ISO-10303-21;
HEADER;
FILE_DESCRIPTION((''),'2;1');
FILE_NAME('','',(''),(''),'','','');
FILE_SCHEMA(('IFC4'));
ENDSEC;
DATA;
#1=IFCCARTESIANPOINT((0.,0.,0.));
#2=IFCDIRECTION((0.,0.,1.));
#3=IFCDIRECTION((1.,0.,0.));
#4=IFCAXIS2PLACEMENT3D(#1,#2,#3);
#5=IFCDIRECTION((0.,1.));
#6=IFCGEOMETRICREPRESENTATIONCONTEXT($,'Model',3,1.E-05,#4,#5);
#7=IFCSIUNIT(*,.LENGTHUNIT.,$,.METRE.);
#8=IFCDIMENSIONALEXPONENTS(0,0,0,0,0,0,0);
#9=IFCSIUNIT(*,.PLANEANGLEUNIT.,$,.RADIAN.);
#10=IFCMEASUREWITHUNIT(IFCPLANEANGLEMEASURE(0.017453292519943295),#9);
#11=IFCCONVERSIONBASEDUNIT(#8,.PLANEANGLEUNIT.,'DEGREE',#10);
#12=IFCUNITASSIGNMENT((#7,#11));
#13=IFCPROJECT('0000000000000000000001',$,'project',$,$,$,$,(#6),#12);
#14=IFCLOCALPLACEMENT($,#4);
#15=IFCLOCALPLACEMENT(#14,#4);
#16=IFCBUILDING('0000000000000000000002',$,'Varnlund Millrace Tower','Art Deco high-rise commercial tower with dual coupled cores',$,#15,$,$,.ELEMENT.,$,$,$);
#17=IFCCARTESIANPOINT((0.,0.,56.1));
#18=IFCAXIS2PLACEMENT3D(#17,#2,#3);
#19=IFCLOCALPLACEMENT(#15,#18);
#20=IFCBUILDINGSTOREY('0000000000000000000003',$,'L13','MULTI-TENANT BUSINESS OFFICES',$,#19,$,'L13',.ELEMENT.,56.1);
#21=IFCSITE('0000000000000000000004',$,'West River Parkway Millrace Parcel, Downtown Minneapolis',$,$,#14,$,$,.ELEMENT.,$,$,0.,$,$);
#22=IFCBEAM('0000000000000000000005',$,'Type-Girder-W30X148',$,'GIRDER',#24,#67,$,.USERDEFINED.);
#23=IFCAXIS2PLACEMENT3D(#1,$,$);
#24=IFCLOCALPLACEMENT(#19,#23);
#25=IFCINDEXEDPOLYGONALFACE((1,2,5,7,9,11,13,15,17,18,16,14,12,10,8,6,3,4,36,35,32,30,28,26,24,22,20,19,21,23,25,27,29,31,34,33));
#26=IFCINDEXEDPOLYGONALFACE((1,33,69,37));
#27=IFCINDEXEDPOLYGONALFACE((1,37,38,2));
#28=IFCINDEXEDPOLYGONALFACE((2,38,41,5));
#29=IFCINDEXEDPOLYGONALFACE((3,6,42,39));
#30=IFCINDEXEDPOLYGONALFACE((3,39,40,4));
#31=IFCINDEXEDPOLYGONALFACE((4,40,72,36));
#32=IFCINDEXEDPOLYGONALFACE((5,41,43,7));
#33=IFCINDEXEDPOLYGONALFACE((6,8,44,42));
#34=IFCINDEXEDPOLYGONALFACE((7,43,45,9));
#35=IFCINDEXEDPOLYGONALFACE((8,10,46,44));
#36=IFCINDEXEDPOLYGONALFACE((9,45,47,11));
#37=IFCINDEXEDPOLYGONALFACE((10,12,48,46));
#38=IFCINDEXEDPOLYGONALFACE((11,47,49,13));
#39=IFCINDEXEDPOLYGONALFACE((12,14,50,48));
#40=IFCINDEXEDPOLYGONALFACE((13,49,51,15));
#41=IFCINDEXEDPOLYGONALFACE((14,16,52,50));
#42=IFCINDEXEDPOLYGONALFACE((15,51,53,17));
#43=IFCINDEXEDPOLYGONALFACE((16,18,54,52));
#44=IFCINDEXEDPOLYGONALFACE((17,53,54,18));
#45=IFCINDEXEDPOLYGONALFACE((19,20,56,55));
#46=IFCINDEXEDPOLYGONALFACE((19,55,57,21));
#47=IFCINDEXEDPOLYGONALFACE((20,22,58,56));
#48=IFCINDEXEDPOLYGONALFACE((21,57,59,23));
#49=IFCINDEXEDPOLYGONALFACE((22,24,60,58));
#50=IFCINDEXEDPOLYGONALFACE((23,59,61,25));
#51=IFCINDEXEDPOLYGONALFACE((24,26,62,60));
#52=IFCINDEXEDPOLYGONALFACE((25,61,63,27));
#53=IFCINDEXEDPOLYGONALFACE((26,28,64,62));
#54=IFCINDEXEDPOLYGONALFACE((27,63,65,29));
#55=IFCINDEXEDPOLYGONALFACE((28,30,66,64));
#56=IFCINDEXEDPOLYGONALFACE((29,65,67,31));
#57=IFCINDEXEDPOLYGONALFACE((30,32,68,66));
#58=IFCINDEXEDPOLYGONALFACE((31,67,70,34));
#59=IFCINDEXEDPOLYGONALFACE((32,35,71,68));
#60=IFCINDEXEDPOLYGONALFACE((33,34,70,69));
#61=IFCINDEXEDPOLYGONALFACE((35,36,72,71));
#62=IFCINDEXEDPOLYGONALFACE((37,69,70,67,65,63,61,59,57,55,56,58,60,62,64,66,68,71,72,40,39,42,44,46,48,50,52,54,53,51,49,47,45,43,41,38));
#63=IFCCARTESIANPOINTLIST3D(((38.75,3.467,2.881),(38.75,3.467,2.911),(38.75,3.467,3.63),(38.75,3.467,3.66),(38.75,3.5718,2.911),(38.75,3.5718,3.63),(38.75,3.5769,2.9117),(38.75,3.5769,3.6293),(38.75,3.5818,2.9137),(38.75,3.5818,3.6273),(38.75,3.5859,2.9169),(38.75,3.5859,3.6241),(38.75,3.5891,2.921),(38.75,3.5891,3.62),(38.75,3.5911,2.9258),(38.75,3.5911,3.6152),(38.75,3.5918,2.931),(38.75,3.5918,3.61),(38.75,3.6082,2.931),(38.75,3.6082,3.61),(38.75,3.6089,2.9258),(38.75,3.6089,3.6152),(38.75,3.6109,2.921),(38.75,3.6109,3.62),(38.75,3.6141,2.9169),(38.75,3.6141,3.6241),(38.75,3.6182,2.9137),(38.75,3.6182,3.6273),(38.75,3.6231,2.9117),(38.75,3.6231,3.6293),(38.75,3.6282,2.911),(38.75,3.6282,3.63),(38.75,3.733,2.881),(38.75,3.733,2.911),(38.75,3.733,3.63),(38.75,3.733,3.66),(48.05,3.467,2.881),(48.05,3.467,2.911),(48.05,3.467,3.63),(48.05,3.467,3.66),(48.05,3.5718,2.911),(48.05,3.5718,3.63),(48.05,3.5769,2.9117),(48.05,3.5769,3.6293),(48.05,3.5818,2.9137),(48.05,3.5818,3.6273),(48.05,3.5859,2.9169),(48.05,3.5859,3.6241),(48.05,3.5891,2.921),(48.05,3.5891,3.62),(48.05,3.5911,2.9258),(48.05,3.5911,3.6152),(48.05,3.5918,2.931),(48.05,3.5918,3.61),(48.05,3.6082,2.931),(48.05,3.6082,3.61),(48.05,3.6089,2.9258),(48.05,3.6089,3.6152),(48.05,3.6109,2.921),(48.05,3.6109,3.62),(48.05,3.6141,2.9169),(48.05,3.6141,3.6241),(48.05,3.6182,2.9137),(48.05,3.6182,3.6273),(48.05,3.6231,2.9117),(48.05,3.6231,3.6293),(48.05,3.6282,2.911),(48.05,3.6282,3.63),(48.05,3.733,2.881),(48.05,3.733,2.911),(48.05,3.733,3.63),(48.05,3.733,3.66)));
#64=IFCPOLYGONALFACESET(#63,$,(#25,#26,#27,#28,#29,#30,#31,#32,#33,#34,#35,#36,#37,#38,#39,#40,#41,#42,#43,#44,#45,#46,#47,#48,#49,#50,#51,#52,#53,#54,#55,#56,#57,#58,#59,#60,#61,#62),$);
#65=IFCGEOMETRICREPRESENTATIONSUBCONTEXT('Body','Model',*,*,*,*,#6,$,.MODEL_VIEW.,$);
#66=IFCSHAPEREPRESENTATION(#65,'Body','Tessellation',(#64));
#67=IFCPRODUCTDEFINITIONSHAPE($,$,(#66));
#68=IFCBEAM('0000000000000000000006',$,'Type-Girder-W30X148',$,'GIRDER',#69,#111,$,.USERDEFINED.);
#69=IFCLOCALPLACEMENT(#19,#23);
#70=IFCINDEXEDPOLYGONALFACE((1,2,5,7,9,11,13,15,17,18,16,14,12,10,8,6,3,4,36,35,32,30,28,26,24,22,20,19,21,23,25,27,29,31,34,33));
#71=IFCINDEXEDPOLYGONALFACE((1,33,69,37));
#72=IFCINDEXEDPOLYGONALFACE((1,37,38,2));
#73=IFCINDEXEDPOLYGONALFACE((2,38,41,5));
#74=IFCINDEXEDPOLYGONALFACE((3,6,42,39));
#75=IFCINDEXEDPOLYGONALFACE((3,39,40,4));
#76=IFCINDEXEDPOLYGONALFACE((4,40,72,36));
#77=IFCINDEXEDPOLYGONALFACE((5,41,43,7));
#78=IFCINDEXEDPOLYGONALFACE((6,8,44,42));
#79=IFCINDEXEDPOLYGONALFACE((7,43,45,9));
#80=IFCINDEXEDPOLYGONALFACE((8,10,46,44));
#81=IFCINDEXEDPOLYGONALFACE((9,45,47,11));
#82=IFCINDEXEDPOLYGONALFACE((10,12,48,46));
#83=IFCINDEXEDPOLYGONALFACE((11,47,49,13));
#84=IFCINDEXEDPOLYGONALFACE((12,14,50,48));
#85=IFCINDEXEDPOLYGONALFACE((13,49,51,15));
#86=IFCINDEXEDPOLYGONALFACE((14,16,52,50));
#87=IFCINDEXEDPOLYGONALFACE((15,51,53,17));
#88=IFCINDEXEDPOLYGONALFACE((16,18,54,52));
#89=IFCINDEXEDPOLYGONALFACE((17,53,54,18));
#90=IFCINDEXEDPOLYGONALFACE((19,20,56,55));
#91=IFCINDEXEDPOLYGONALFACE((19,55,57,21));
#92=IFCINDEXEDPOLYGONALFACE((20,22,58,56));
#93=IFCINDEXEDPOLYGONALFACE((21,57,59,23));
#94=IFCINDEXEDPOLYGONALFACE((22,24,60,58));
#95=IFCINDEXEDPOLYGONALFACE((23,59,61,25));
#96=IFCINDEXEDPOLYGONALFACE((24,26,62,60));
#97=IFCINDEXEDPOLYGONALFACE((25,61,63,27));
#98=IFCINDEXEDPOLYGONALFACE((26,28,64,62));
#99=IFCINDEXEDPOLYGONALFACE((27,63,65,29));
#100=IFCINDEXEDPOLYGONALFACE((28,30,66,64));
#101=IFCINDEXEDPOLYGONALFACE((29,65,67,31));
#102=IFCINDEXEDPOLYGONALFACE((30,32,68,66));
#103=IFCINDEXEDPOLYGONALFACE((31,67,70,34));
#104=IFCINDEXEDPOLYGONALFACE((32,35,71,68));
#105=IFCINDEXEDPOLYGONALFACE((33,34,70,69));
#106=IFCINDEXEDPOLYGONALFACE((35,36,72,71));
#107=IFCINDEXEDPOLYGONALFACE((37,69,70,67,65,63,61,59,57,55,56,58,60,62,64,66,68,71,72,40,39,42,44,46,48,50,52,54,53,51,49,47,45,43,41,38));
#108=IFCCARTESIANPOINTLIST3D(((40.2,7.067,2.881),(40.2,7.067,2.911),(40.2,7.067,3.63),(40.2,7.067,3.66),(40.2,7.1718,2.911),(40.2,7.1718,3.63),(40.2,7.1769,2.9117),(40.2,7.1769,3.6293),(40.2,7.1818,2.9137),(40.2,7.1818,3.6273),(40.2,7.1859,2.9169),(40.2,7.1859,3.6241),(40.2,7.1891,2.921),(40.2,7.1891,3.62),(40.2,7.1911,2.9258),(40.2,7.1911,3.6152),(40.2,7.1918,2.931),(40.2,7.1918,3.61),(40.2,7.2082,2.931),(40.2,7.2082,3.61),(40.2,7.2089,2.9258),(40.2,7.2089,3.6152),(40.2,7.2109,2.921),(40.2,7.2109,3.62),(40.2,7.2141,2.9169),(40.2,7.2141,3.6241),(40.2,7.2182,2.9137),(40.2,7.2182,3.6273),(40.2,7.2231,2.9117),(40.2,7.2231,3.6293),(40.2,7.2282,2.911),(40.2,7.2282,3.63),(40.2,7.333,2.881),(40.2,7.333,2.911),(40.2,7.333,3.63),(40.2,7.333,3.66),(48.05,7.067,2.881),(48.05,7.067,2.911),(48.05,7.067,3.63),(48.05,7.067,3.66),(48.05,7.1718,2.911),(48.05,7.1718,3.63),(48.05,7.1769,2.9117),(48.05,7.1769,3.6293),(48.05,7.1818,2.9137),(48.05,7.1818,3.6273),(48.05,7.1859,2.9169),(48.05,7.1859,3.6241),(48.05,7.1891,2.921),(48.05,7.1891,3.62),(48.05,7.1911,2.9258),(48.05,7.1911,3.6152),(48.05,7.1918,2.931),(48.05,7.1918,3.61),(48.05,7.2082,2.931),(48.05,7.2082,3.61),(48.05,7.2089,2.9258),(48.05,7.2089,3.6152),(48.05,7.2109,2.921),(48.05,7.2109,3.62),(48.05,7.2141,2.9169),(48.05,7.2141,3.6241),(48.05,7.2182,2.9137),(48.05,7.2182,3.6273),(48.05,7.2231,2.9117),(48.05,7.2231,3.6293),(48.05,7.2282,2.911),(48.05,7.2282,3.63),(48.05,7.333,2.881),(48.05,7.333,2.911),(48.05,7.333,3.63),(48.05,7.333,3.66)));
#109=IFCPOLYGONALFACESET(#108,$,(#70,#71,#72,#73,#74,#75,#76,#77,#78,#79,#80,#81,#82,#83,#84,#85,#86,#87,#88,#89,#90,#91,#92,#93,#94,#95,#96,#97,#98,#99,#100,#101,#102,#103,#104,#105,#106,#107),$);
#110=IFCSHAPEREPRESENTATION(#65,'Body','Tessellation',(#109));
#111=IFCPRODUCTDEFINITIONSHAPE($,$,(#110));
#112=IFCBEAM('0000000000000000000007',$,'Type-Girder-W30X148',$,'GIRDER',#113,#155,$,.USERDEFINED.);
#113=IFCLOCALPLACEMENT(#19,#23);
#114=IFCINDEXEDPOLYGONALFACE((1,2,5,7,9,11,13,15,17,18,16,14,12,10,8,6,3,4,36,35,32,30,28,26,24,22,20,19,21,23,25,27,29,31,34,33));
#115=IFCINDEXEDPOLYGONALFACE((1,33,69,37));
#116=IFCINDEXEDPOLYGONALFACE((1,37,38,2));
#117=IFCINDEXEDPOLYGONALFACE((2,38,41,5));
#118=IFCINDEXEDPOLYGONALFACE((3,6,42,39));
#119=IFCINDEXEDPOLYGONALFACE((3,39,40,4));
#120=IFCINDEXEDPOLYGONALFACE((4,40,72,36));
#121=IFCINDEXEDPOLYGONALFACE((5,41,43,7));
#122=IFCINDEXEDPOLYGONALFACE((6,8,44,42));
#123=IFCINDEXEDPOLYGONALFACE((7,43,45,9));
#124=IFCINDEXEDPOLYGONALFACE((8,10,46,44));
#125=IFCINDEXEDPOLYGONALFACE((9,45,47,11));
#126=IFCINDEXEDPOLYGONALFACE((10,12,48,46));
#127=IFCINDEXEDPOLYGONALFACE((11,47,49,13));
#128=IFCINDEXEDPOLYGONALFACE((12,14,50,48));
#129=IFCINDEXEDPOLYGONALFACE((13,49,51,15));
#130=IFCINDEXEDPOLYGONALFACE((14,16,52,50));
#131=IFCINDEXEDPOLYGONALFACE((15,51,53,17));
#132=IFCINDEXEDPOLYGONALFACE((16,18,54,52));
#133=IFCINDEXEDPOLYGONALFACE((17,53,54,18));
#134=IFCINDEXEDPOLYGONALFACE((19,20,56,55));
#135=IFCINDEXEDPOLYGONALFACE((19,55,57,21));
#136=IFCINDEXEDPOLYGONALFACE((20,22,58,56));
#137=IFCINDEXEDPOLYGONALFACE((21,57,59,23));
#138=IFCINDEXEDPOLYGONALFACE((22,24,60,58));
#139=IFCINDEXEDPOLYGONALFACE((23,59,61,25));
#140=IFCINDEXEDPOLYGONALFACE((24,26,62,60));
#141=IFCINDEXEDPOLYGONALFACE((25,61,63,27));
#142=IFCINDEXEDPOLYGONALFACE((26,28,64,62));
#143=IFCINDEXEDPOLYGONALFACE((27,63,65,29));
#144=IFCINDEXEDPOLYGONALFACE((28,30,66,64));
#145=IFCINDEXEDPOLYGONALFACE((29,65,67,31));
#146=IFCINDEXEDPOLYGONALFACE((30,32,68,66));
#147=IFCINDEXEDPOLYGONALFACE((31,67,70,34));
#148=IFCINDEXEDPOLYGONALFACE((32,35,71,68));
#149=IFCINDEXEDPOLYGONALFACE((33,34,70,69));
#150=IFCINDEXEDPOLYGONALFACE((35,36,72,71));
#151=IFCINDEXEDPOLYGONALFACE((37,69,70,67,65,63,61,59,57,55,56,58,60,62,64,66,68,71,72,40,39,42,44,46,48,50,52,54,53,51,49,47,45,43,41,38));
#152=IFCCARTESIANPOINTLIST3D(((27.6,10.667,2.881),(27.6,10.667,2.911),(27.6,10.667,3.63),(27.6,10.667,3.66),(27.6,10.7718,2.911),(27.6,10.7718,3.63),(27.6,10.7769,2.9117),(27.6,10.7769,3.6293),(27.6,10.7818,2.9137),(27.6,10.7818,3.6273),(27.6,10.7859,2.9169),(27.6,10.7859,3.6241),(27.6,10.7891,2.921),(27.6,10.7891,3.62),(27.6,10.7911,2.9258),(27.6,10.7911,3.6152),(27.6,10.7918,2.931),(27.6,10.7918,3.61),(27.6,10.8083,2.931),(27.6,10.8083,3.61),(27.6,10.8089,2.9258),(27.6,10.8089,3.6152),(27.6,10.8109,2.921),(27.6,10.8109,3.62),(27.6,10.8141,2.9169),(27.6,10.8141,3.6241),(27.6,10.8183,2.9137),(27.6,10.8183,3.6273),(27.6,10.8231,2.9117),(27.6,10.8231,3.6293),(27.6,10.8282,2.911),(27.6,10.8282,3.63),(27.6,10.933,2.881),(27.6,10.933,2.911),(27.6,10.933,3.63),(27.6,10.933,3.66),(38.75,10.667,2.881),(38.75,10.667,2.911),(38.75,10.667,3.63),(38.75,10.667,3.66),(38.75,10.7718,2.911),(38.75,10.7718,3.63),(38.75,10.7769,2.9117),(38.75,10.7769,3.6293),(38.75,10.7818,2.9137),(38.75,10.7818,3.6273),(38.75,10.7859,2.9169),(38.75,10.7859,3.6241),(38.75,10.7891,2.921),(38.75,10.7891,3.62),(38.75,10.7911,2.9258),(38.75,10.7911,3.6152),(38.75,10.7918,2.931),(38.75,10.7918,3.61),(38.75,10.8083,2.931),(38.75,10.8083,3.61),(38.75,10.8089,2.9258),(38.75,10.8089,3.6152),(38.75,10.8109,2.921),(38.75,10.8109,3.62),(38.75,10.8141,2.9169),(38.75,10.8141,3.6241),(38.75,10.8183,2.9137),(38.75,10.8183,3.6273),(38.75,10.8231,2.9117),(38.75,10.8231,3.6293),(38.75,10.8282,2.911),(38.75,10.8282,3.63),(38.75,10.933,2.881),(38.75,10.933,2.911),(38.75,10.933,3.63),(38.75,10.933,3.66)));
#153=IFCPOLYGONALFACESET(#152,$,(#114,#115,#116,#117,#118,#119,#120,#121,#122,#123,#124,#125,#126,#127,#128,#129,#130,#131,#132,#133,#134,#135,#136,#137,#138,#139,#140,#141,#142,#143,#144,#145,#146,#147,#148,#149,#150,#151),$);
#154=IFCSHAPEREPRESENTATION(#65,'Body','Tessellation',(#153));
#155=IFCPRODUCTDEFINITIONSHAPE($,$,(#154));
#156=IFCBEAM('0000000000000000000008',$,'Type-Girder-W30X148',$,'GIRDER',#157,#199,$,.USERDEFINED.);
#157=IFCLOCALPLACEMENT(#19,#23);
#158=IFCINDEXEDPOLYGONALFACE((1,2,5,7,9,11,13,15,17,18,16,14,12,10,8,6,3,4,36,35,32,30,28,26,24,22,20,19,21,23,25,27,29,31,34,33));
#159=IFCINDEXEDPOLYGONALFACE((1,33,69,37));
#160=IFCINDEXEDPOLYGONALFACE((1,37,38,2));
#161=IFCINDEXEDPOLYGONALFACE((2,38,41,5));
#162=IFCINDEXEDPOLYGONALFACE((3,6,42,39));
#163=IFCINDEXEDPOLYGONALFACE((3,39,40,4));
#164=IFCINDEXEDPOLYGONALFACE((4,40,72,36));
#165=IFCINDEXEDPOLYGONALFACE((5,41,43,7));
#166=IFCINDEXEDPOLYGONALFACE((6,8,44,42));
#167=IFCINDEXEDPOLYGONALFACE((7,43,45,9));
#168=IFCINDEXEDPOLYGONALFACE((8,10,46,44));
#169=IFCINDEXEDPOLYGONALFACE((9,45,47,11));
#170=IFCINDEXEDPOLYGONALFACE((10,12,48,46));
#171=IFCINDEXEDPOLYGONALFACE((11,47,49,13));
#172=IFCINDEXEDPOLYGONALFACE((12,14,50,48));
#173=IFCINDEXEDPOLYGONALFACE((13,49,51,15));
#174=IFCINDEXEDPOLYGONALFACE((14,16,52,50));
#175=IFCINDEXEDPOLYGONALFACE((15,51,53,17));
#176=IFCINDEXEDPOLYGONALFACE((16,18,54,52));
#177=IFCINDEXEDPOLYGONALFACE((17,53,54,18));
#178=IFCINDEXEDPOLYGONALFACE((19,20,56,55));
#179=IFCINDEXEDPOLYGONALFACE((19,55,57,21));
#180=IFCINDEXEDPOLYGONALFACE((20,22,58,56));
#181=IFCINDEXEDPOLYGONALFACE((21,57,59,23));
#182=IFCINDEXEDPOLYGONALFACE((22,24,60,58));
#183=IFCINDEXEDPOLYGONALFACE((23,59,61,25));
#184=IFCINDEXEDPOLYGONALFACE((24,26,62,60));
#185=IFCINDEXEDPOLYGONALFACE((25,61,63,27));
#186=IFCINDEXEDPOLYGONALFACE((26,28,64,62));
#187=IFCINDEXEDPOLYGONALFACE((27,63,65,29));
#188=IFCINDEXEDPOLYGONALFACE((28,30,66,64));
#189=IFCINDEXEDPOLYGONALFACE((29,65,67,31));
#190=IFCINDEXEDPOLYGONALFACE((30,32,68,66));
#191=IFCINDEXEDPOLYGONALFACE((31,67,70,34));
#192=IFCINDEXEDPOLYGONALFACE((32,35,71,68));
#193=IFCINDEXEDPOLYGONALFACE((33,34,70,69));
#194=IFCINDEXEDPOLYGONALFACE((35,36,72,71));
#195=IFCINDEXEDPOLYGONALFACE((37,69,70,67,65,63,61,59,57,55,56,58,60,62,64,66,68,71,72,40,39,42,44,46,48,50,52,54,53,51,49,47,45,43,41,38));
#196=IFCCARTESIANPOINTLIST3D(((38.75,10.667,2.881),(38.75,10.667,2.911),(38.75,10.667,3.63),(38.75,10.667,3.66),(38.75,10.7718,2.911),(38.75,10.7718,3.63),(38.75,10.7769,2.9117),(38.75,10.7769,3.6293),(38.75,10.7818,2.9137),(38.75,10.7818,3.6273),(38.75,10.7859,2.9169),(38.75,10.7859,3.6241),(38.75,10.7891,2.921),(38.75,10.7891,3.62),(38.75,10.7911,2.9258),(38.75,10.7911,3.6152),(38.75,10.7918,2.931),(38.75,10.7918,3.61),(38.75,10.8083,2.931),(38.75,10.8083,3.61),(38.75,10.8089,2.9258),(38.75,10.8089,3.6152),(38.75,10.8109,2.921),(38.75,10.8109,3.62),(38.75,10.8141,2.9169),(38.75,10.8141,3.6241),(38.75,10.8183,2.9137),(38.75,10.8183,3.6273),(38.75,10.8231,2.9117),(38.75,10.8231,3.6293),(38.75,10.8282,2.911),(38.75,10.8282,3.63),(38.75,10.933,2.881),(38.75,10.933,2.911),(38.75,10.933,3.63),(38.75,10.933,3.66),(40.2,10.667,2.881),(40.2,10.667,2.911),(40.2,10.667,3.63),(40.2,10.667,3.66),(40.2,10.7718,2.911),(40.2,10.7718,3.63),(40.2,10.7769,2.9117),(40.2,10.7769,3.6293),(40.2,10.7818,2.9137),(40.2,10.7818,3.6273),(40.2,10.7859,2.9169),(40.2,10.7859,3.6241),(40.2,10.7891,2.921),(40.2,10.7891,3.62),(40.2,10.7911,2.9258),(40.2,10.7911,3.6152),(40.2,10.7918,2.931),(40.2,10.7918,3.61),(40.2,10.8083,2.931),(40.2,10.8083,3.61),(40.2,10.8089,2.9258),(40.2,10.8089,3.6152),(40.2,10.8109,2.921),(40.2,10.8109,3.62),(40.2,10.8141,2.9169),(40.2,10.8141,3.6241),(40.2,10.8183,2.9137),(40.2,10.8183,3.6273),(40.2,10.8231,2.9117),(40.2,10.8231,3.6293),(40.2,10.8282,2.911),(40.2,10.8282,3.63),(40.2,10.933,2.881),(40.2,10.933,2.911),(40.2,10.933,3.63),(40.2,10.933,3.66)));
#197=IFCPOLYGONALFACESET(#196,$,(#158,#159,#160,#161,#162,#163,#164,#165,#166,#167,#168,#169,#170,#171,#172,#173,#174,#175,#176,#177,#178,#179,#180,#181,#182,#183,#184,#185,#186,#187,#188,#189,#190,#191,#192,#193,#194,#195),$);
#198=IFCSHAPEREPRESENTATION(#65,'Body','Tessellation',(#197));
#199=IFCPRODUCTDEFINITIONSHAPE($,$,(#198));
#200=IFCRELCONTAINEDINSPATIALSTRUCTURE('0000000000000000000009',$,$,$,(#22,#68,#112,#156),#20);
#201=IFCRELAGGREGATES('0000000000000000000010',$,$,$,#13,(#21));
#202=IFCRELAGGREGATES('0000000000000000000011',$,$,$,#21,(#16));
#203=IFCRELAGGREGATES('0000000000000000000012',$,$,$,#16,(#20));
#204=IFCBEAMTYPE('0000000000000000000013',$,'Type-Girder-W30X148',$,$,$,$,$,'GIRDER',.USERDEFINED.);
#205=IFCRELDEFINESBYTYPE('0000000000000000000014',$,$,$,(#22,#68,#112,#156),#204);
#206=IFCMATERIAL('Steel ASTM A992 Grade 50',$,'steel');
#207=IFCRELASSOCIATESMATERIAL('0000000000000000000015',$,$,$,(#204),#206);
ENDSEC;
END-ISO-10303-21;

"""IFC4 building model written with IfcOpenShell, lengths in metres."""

from ifc_helpers import new_model, entity, si_unit, converted_unit, direction, frame, origin_with_axes, origin_2d_with_axis, place, context, subcontext, project, spatial, i_section, extrude, material, material_profile, profile_set, type_object, element, save


model = new_model("IFC4")

# Units and contexts
model_context = context("Model", 3, precision=1e-05, world=origin_with_axes(), true_north=direction((0.0, 1.0)))
body_context = subcontext(model_context, "Body", "Model", "MODEL_VIEW")
ifc_project = project(units=[si_unit("LENGTHUNIT", "METRE"), converted_unit("PLANEANGLEUNIT", "DEGREE", entity("IfcPlaneAngleMeasure", 0.017453292519943295), si_unit("PLANEANGLEUNIT", "RADIAN"), dimensions=[0, 0, 0, 0, 0, 0, 0])], contexts=[model_context])

# Site, building, storey
site_placement = place(None, origin_with_axes())
site = spatial("IfcSite", under=ifc_project, at=site_placement, Name="West River Parkway Millrace Parcel, Downtown Minneapolis", CompositionType="ELEMENT", RefElevation=0.0)
building_placement = place(site_placement, origin_with_axes())
building = spatial("IfcBuilding", under=site, at=building_placement, Name="Varnlund Millrace Tower", Description="Art Deco high-rise commercial tower with dual coupled cores", CompositionType="ELEMENT")
storey_placement = place(building_placement, frame((0.0, 0.0, 56.1), z_axis=(0.0, 0.0, 1.0), x_axis=(1.0, 0.0, 0.0)))
storey = spatial("IfcBuildingStorey", under=building, at=storey_placement, Name="L13", Description="MULTI-TENANT BUSINESS OFFICES", LongName="L13", CompositionType="ELEMENT", Elevation=56.1)

# Beams
ifc_material_1 = material(Name="Steel ASTM A992 Grade 50", Category="steel")
ifc_material_profile_1 = material_profile(ifc_material_1, i_section(OverallWidth=0.266, OverallDepth=0.779, WebThickness=0.0165, FlangeThickness=0.03, FilletRadius=0.02, at=origin_2d_with_axis()), Name="Steel ASTM A992 Grade 50")
ifc_profile_set_1 = profile_set([ifc_material_profile_1], Name="Steel ASTM A992 Grade 50")
beam_type_1 = type_object("IfcBeamType", Name="Type-Girder-W30X148", ElementType="GIRDER", PredefinedType="USERDEFINED", material=ifc_profile_set_1)
beam_1_placement = place(storey_placement, frame((38.75, 3.6, 3.2705), z_axis=(1.0, 0.0, 0.0), x_axis=(0.0, 1.0, 0.0)))
element("IfcBeam", 1, at=beam_1_placement, inside=storey, type_object=beam_type_1, Name="Type-Girder-W30X148", ObjectType="GIRDER", PredefinedType="USERDEFINED", context=body_context, shape_type="SweptSolid", body=[
    extrude(i_section(OverallWidth=0.266, OverallDepth=0.779, WebThickness=0.0165, FlangeThickness=0.03, FilletRadius=0.02, at=origin_2d_with_axis()), origin_with_axes(), (0.0, 0.0, 1.0), 9.3),
])
beam_2_placement = place(storey_placement, frame((40.2, 7.2, 3.2705), z_axis=(1.0, 0.0, 0.0), x_axis=(0.0, 1.0, 0.0)))
element("IfcBeam", 2, at=beam_2_placement, inside=storey, type_object=beam_type_1, Name="Type-Girder-W30X148", ObjectType="GIRDER", PredefinedType="USERDEFINED", context=body_context, shape_type="SweptSolid", body=[
    extrude(i_section(OverallWidth=0.266, OverallDepth=0.779, WebThickness=0.0165, FlangeThickness=0.03, FilletRadius=0.02, at=origin_2d_with_axis()), origin_with_axes(), (0.0, 0.0, 1.0), 7.85),
])
beam_3_placement = place(storey_placement, frame((27.6, 10.8, 3.2705), z_axis=(1.0, 0.0, 0.0), x_axis=(0.0, 1.0, 0.0)))
element("IfcBeam", 3, at=beam_3_placement, inside=storey, type_object=beam_type_1, Name="Type-Girder-W30X148", ObjectType="GIRDER", PredefinedType="USERDEFINED", context=body_context, shape_type="SweptSolid", body=[
    extrude(i_section(OverallWidth=0.266, OverallDepth=0.779, WebThickness=0.0165, FlangeThickness=0.03, FilletRadius=0.02, at=origin_2d_with_axis()), origin_with_axes(), (0.0, 0.0, 1.0), 11.15),
])
beam_4_placement = place(storey_placement, frame((38.75, 10.8, 3.2705), z_axis=(1.0, 0.0, 0.0), x_axis=(0.0, 1.0, 0.0)))
element("IfcBeam", 4, at=beam_4_placement, inside=storey, type_object=beam_type_1, Name="Type-Girder-W30X148", ObjectType="GIRDER", PredefinedType="USERDEFINED", context=body_context, shape_type="SweptSolid", body=[
    extrude(i_section(OverallWidth=0.266, OverallDepth=0.779, WebThickness=0.0165, FlangeThickness=0.03, FilletRadius=0.02, at=origin_2d_with_axis()), origin_with_axes(), (0.0, 0.0, 1.0), 1.45),
])

save(model, "model.ifc")
